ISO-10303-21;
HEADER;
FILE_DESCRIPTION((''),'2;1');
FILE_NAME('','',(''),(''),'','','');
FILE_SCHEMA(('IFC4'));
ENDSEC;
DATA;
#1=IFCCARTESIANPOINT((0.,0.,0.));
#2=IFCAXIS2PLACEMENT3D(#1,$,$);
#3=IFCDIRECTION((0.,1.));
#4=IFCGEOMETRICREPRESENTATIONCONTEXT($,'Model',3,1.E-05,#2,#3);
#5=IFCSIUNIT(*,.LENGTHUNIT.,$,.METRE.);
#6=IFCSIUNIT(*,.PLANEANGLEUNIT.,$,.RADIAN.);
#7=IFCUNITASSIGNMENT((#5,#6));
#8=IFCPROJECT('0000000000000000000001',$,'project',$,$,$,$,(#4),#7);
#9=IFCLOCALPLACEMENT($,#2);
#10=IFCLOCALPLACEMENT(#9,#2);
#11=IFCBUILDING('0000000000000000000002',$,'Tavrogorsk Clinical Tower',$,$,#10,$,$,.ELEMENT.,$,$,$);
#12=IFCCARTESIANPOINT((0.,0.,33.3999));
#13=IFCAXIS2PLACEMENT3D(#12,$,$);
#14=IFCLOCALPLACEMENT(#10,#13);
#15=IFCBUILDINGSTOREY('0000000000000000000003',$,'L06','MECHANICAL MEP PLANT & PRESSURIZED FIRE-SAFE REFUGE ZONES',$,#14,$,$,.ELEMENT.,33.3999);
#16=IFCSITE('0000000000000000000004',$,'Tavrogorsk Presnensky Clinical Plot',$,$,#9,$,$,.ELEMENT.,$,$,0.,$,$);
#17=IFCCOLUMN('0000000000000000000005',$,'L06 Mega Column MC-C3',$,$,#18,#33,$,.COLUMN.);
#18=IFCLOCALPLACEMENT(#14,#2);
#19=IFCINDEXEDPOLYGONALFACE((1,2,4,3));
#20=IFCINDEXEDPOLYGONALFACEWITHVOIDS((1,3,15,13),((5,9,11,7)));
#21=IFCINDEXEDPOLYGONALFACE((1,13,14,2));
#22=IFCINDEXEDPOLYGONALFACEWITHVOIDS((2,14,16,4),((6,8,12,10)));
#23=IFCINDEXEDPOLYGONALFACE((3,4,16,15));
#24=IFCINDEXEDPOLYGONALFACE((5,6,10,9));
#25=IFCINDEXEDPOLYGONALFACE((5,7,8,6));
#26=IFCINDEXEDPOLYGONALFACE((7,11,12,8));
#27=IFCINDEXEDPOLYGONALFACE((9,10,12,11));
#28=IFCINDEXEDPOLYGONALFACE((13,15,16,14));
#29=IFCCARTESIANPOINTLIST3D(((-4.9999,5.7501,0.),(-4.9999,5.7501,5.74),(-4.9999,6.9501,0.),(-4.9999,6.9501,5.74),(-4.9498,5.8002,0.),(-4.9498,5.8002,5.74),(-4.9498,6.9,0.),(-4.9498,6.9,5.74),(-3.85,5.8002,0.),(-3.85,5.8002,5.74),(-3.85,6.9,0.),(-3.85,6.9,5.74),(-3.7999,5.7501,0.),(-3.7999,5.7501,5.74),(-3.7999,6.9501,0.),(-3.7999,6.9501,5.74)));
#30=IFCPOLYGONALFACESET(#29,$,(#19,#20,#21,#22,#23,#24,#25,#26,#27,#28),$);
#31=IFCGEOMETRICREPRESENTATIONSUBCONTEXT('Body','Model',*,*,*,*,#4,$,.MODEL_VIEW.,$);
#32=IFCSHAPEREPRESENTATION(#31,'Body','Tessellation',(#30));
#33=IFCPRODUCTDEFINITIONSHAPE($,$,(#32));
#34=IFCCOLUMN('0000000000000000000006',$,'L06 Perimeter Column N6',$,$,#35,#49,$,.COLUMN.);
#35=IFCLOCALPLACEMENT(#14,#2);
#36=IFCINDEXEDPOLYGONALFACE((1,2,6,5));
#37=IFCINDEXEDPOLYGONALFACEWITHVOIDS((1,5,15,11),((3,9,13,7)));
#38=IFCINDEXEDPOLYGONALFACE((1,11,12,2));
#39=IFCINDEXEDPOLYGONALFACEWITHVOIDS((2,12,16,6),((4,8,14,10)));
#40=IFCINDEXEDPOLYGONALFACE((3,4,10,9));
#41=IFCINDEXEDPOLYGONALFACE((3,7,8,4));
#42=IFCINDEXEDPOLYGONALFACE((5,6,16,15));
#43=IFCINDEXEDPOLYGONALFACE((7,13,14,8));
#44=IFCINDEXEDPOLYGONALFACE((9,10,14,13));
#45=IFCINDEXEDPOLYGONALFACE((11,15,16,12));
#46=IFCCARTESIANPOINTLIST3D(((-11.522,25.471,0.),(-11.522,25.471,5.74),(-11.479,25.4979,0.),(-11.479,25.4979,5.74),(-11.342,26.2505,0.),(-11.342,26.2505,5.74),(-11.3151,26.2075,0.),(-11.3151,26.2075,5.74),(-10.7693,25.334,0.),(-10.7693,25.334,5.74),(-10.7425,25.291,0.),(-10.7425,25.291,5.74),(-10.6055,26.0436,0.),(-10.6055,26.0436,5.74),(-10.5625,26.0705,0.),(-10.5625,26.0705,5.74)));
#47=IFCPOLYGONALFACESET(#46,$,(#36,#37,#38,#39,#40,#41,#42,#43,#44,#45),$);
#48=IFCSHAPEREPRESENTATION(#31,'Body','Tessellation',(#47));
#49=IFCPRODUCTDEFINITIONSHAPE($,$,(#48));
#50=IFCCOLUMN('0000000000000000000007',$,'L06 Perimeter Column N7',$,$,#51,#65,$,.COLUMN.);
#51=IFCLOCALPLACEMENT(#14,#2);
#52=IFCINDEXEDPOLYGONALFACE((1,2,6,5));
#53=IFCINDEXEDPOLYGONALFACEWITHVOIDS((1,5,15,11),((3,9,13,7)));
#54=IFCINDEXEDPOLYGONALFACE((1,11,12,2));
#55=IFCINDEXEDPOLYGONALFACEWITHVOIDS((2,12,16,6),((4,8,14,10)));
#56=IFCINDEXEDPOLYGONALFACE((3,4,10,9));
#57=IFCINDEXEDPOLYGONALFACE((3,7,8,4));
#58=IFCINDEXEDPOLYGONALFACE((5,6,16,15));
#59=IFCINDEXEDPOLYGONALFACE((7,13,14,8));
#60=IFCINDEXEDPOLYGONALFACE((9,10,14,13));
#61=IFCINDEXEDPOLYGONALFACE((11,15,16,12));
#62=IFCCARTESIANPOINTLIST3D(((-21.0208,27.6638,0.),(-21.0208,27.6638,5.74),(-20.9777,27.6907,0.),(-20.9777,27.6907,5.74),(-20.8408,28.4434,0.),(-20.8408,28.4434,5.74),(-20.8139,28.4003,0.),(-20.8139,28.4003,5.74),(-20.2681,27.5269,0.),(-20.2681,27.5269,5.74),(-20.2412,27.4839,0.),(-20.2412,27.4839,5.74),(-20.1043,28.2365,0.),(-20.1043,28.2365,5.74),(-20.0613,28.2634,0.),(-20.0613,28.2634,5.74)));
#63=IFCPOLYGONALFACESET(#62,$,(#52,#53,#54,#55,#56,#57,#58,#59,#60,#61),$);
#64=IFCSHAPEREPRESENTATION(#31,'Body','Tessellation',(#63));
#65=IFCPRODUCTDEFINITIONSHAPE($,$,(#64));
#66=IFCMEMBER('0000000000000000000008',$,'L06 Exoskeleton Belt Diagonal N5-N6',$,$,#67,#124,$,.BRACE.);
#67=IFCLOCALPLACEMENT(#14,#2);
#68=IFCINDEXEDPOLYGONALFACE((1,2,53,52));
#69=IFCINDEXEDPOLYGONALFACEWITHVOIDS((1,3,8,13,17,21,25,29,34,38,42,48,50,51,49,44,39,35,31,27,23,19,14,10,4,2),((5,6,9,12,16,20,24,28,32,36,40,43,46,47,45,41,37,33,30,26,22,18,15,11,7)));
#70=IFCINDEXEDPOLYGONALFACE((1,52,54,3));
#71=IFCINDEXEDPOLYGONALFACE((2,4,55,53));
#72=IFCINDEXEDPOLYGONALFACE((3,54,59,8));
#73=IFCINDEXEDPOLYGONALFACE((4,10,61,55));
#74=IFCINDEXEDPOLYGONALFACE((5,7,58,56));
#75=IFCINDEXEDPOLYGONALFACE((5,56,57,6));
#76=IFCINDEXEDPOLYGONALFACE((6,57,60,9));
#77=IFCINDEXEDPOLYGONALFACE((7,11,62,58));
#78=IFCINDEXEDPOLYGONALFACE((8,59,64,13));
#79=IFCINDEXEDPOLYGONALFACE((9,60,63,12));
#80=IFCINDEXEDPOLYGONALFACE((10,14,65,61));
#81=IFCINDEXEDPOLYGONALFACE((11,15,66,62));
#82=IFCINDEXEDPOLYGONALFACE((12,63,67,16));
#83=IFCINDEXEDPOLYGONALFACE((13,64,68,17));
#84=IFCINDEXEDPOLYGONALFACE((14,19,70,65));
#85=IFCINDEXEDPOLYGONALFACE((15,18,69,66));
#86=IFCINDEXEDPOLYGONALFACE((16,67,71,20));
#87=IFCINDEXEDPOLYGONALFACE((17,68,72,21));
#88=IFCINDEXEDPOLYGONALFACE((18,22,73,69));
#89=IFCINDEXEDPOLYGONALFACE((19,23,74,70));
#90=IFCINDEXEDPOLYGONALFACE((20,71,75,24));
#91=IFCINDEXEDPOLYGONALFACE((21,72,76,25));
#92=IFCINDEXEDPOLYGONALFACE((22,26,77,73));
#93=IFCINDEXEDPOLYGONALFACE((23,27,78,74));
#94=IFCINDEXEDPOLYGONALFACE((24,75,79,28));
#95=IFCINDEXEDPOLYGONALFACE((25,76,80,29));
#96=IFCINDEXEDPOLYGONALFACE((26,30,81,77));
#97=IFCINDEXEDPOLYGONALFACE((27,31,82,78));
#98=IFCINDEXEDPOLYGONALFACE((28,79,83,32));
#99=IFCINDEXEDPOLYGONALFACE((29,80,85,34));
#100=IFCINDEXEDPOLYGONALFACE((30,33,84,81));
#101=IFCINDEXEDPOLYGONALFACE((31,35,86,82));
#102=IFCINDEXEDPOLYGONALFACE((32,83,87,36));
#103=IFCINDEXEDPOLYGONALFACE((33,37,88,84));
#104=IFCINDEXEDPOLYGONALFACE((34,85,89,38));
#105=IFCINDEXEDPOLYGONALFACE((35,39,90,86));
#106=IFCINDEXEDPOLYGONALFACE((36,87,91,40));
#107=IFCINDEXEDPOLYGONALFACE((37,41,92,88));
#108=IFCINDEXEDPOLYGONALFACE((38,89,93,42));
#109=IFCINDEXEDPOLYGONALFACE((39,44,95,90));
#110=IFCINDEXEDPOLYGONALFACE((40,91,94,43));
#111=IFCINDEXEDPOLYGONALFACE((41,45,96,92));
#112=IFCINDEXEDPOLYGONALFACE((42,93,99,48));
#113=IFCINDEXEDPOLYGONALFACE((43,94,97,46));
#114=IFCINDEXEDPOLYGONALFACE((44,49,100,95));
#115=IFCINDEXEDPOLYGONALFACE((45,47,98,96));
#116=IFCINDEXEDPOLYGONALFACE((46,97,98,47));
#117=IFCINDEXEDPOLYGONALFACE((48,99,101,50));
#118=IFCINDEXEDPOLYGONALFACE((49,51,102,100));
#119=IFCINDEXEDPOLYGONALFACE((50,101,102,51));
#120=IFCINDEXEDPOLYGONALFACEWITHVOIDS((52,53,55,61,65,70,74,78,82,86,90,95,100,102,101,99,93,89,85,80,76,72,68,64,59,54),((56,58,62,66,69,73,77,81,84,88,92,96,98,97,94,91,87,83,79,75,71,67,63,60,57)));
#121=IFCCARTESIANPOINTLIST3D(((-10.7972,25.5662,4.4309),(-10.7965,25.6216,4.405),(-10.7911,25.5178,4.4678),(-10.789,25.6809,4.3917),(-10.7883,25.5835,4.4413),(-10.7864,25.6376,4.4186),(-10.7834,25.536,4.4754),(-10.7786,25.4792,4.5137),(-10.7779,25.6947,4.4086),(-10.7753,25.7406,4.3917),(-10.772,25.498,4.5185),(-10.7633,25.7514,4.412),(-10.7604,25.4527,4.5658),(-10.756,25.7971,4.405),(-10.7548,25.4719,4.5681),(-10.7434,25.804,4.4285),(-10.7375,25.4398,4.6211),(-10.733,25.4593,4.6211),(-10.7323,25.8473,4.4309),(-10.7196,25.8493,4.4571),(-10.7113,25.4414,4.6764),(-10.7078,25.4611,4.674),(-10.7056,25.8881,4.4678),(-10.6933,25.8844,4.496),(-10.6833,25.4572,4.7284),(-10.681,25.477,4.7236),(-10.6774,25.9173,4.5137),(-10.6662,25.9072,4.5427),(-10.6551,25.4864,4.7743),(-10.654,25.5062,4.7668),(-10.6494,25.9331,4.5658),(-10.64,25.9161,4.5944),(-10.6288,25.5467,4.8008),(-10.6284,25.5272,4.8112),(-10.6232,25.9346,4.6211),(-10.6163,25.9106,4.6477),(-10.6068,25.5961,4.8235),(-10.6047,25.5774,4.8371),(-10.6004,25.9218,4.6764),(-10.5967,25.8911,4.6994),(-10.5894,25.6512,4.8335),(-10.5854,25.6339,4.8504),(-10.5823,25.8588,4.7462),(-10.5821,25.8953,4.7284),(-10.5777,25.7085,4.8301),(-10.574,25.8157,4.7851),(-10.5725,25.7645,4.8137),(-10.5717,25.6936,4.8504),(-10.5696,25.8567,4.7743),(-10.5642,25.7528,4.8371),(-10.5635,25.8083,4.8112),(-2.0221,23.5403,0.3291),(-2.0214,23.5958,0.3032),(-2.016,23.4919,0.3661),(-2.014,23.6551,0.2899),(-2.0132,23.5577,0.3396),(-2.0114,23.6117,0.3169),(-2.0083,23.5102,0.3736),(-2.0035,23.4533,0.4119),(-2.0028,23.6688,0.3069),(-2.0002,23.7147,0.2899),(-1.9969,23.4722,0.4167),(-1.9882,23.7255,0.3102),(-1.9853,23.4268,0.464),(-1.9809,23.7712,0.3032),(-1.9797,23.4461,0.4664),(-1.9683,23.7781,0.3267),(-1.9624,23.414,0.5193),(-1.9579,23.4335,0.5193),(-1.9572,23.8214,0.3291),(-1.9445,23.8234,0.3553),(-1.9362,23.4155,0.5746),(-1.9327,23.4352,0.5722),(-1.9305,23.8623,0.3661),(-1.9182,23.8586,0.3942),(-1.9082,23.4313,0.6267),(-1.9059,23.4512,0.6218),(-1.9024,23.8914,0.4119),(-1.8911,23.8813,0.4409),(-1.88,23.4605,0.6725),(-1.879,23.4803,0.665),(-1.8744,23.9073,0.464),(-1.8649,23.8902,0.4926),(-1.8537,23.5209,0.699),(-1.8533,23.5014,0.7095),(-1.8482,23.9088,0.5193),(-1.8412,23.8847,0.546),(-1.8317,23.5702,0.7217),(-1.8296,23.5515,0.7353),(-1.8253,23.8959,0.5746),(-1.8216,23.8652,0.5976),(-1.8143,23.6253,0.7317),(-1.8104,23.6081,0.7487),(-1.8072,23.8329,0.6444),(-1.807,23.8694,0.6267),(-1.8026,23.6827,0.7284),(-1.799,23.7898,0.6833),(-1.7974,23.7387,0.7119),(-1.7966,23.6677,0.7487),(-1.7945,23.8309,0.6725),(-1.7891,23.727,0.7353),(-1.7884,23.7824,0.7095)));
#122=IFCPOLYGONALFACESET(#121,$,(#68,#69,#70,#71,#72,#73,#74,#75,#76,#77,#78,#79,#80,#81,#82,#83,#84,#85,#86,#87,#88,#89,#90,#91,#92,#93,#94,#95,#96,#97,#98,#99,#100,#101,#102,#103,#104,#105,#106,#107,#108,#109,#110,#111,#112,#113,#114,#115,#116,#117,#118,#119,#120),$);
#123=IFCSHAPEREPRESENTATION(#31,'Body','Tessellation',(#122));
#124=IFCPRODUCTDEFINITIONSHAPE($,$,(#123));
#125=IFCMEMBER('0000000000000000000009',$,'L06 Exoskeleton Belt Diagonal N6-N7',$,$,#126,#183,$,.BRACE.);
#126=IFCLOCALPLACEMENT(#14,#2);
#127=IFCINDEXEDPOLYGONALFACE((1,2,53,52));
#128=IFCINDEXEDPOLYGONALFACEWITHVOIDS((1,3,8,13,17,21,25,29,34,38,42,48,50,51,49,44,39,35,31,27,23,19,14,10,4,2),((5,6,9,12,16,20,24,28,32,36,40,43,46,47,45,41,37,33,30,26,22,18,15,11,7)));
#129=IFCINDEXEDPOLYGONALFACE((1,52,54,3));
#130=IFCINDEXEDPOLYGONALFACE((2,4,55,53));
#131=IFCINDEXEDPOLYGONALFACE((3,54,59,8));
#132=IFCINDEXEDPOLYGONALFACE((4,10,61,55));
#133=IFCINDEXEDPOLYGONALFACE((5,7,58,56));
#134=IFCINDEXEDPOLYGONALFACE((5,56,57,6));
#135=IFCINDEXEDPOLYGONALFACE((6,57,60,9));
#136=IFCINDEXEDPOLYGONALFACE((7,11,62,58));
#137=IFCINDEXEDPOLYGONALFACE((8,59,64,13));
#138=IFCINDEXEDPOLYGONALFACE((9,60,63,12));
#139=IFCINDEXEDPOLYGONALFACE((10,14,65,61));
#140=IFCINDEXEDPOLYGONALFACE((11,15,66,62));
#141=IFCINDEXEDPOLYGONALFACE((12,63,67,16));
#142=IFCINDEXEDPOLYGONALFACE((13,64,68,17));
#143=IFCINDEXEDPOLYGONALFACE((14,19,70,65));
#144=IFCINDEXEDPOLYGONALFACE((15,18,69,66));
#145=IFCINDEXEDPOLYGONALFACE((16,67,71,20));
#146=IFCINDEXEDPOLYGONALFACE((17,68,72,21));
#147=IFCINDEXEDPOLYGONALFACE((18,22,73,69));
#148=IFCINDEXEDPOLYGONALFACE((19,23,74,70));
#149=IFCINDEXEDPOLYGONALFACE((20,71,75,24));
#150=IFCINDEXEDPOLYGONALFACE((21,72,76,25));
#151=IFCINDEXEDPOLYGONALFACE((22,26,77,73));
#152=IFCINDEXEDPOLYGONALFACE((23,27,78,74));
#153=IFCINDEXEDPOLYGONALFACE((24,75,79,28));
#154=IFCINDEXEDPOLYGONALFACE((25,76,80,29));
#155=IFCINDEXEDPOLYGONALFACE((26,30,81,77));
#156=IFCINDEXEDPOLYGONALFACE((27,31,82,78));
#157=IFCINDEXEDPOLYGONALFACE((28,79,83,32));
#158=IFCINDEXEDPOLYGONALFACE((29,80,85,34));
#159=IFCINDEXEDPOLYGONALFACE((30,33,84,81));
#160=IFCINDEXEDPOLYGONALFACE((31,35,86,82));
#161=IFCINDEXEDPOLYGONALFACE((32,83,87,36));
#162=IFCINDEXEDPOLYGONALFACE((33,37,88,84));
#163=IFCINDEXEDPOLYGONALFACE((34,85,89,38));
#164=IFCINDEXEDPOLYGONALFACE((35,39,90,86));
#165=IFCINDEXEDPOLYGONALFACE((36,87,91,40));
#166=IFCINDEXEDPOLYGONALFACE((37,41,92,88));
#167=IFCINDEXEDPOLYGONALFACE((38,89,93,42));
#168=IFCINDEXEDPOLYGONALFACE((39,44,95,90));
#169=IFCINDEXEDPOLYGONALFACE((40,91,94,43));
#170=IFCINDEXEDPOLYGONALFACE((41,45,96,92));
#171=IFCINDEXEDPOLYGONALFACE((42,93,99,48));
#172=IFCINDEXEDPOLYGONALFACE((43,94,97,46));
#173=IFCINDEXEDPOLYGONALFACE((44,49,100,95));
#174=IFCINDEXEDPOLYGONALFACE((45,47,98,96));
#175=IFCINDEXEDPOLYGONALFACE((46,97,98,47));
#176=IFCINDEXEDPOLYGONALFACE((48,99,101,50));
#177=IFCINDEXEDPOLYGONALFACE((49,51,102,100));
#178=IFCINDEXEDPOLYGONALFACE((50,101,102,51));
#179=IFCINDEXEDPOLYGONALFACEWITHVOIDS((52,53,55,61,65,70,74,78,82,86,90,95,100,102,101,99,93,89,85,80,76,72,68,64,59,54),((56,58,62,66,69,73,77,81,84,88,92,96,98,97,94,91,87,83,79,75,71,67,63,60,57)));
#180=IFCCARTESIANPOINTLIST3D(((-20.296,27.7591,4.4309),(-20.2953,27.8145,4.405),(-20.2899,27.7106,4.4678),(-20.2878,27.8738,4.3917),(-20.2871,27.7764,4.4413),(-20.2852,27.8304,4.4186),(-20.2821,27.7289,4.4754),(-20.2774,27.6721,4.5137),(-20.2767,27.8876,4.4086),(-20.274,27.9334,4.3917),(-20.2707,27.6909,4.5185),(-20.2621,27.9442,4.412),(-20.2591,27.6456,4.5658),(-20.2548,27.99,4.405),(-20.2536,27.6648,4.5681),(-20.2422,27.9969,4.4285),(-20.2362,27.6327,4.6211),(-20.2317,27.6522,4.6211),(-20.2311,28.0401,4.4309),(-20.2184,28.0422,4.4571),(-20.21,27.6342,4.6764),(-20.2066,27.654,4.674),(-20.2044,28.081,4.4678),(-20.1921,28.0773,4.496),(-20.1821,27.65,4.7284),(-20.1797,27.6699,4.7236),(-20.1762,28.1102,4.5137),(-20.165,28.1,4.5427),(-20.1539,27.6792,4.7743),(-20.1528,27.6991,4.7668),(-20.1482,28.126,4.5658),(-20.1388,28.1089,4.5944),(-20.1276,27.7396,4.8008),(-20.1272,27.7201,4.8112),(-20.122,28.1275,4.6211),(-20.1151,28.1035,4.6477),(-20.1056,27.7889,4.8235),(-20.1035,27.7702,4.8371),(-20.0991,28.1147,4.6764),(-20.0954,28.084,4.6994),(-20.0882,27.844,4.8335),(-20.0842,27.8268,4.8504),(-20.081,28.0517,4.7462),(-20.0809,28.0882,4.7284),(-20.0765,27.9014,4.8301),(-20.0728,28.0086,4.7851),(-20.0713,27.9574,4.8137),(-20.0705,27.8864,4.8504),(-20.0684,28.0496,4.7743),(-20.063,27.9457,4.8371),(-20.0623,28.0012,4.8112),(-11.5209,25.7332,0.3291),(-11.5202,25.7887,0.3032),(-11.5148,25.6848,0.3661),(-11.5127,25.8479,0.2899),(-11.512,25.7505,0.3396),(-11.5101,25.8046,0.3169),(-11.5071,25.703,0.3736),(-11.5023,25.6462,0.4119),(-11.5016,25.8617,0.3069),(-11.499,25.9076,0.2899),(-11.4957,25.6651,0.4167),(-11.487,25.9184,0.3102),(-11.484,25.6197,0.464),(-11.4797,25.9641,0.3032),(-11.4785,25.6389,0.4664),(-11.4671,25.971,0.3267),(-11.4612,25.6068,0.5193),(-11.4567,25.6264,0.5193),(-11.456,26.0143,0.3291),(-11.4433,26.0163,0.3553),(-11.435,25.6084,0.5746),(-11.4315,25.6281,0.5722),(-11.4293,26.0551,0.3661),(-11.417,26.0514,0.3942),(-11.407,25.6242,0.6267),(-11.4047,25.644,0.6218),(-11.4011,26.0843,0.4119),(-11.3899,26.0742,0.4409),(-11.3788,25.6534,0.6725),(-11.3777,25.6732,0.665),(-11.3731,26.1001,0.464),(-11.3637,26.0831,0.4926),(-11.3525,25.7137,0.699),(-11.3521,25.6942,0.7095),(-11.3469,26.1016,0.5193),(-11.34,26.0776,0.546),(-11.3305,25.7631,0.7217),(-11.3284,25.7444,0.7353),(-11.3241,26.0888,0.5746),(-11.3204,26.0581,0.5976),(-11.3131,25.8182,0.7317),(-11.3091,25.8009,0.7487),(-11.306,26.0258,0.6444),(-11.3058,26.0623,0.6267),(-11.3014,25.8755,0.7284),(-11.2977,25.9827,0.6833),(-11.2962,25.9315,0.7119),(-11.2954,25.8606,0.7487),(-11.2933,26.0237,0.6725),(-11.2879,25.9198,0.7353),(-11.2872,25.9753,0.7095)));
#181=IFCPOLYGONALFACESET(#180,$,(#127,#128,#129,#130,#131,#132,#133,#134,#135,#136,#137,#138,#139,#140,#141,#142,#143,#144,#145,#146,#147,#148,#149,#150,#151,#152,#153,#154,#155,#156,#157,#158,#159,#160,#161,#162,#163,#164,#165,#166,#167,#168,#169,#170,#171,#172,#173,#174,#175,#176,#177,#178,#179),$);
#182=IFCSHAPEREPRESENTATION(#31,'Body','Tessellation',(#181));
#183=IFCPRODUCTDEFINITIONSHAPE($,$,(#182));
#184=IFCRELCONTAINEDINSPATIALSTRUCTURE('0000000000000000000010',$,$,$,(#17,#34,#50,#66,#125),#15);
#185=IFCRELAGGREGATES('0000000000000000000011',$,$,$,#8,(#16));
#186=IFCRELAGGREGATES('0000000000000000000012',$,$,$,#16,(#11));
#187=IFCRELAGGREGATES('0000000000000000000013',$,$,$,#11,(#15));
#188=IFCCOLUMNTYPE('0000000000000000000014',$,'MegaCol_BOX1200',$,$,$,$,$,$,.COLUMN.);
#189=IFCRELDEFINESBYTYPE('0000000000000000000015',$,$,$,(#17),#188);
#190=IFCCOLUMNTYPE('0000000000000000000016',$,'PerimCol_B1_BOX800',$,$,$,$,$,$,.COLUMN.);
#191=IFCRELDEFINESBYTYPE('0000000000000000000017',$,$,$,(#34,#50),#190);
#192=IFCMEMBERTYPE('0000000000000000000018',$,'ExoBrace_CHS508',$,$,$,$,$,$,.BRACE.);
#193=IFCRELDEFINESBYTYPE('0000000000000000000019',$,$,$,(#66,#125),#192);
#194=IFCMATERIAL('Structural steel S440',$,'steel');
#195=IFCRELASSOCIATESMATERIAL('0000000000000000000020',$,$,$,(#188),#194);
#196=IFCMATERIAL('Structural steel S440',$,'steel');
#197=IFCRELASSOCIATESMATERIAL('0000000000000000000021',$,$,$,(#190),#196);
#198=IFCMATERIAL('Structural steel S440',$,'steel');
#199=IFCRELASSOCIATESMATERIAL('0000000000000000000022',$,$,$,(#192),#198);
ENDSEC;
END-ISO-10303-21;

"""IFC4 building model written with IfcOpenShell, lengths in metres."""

from ifc_helpers import new_model, si_unit, direction, frame, origin, origin_2d, place, context, subcontext, project, spatial, hollow_rectangle, hollow_circle, extrude, material, material_profile, profile_set, type_object, element, save


model = new_model("IFC4")

# Units and contexts
model_context = context("Model", 3, precision=1e-05, world=origin(), true_north=direction((0.0, 1.0)))
body_context = subcontext(model_context, "Body", "Model", "MODEL_VIEW")
ifc_project = project(units=[si_unit("LENGTHUNIT", "METRE"), si_unit("PLANEANGLEUNIT", "RADIAN")], contexts=[model_context])

# Site, building, storey
site_placement = place(None, origin())
site = spatial("IfcSite", under=ifc_project, at=site_placement, Name="Tavrogorsk Presnensky Clinical Plot", CompositionType="ELEMENT", RefElevation=0.0)
building_placement = place(site_placement, origin())
building = spatial("IfcBuilding", under=site, at=building_placement, Name="Tavrogorsk Clinical Tower", CompositionType="ELEMENT")
storey_placement = place(building_placement, frame((0.0, 0.0, 33.3999)))
storey = spatial("IfcBuildingStorey", under=building, at=storey_placement, Name="L06", Description="MECHANICAL MEP PLANT & PRESSURIZED FIRE-SAFE REFUGE ZONES", CompositionType="ELEMENT", Elevation=33.3999)

# Columns
ifc_material_1 = material(Name="Structural steel S440", Category="steel")
ifc_material_profile_1 = material_profile(ifc_material_1, hollow_rectangle(XDim=1.2, YDim=1.2, WallThickness=0.05, at=origin_2d()), Name="BOX-1200x1200x50")
ifc_profile_set_1 = profile_set([ifc_material_profile_1], Name="Structural steel S440")
column_type_1 = type_object("IfcColumnType", Name="MegaCol_BOX1200", PredefinedType="COLUMN", material=ifc_profile_set_1)
column_placement = place(storey_placement, frame((-4.3999, 6.3501, 0.0), z_axis=(0.0, 0.0, 1.0), x_axis=(1.0, 0.0, 0.0)))
element("IfcColumn", 1, at=column_placement, inside=storey, type_object=column_type_1, Name="L06 Mega Column MC-C3", PredefinedType="COLUMN", context=body_context, shape_type="SweptSolid", body=[
    extrude(hollow_rectangle(XDim=1.2, YDim=1.2, WallThickness=0.05, at=origin_2d()), origin(), (0.0, 0.0, 1.0), 5.74),
])
ifc_material_2 = material(Name="Structural steel S440", Category="steel")
ifc_material_profile_2 = material_profile(ifc_material_2, hollow_rectangle(XDim=0.8, YDim=0.8, WallThickness=0.0359, at=origin_2d()), Name="BOX-800x800x36")
ifc_profile_set_2 = profile_set([ifc_material_profile_2], Name="Structural steel S440")
column_type_2 = type_object("IfcColumnType", Name="PerimCol_B1_BOX800", PredefinedType="COLUMN", material=ifc_profile_set_2)
for number, where, z_axis, x_axis, name in (
    (2, (-11.0422, 25.7708, 0.0), (0.0, 0.0, 1.0), (0.97437, -0.224951, 0.0), "L06 Perimeter Column N6"),
    (3, (-20.541, 27.9636, 0.0), (0.0, 0.0, 1.0), (0.97437, -0.224951, 0.0), "L06 Perimeter Column N7"),
):
    element("IfcColumn", number, at=place(storey_placement, frame(where, z_axis=z_axis, x_axis=x_axis)), inside=storey, type_object=column_type_2, Name=name, PredefinedType="COLUMN", context=body_context, shape_type="SweptSolid", body=[
        extrude(hollow_rectangle(XDim=0.8, YDim=0.8, WallThickness=0.0359, at=origin_2d()), origin(), (0.0, 0.0, 1.0), 5.74),
    ])

# Members
ifc_material_3 = material(Name="Structural steel S440", Category="steel")
ifc_material_profile_3 = material_profile(ifc_material_3, hollow_circle(Radius=0.2539, WallThickness=0.02, at=origin_2d()), Name="CHS-508x20")
ifc_profile_set_3 = profile_set([ifc_material_profile_3], Name="Structural steel S440")
member_type_1 = type_object("IfcMemberType", Name="ExoBrace_CHS508", PredefinedType="BRACE", material=ifc_profile_set_3)
for number, where, z_axis, x_axis, name in (
    (4, (-1.9053, 23.6614, 0.5193), (-0.88673, 0.204716, 0.414488), (-0.224949, -0.974371, 0.0), "L06 Exoskeleton Belt Diagonal N5-N6"),
    (5, (-11.4041, 25.8542, 0.5193), (-0.88673, 0.204716, 0.414488), (-0.224949, -0.974371, 0.0), "L06 Exoskeleton Belt Diagonal N6-N7"),
):
    element("IfcMember", number, at=place(storey_placement, frame(where, z_axis=z_axis, x_axis=x_axis)), inside=storey, type_object=member_type_1, Name=name, PredefinedType="BRACE", context=body_context, shape_type="SweptSolid", body=[
        extrude(hollow_circle(Radius=0.2539, WallThickness=0.02, at=origin_2d()), origin(), (0.0, 0.0, 1.0), 9.896),
    ])

save(model, "model.ifc")
